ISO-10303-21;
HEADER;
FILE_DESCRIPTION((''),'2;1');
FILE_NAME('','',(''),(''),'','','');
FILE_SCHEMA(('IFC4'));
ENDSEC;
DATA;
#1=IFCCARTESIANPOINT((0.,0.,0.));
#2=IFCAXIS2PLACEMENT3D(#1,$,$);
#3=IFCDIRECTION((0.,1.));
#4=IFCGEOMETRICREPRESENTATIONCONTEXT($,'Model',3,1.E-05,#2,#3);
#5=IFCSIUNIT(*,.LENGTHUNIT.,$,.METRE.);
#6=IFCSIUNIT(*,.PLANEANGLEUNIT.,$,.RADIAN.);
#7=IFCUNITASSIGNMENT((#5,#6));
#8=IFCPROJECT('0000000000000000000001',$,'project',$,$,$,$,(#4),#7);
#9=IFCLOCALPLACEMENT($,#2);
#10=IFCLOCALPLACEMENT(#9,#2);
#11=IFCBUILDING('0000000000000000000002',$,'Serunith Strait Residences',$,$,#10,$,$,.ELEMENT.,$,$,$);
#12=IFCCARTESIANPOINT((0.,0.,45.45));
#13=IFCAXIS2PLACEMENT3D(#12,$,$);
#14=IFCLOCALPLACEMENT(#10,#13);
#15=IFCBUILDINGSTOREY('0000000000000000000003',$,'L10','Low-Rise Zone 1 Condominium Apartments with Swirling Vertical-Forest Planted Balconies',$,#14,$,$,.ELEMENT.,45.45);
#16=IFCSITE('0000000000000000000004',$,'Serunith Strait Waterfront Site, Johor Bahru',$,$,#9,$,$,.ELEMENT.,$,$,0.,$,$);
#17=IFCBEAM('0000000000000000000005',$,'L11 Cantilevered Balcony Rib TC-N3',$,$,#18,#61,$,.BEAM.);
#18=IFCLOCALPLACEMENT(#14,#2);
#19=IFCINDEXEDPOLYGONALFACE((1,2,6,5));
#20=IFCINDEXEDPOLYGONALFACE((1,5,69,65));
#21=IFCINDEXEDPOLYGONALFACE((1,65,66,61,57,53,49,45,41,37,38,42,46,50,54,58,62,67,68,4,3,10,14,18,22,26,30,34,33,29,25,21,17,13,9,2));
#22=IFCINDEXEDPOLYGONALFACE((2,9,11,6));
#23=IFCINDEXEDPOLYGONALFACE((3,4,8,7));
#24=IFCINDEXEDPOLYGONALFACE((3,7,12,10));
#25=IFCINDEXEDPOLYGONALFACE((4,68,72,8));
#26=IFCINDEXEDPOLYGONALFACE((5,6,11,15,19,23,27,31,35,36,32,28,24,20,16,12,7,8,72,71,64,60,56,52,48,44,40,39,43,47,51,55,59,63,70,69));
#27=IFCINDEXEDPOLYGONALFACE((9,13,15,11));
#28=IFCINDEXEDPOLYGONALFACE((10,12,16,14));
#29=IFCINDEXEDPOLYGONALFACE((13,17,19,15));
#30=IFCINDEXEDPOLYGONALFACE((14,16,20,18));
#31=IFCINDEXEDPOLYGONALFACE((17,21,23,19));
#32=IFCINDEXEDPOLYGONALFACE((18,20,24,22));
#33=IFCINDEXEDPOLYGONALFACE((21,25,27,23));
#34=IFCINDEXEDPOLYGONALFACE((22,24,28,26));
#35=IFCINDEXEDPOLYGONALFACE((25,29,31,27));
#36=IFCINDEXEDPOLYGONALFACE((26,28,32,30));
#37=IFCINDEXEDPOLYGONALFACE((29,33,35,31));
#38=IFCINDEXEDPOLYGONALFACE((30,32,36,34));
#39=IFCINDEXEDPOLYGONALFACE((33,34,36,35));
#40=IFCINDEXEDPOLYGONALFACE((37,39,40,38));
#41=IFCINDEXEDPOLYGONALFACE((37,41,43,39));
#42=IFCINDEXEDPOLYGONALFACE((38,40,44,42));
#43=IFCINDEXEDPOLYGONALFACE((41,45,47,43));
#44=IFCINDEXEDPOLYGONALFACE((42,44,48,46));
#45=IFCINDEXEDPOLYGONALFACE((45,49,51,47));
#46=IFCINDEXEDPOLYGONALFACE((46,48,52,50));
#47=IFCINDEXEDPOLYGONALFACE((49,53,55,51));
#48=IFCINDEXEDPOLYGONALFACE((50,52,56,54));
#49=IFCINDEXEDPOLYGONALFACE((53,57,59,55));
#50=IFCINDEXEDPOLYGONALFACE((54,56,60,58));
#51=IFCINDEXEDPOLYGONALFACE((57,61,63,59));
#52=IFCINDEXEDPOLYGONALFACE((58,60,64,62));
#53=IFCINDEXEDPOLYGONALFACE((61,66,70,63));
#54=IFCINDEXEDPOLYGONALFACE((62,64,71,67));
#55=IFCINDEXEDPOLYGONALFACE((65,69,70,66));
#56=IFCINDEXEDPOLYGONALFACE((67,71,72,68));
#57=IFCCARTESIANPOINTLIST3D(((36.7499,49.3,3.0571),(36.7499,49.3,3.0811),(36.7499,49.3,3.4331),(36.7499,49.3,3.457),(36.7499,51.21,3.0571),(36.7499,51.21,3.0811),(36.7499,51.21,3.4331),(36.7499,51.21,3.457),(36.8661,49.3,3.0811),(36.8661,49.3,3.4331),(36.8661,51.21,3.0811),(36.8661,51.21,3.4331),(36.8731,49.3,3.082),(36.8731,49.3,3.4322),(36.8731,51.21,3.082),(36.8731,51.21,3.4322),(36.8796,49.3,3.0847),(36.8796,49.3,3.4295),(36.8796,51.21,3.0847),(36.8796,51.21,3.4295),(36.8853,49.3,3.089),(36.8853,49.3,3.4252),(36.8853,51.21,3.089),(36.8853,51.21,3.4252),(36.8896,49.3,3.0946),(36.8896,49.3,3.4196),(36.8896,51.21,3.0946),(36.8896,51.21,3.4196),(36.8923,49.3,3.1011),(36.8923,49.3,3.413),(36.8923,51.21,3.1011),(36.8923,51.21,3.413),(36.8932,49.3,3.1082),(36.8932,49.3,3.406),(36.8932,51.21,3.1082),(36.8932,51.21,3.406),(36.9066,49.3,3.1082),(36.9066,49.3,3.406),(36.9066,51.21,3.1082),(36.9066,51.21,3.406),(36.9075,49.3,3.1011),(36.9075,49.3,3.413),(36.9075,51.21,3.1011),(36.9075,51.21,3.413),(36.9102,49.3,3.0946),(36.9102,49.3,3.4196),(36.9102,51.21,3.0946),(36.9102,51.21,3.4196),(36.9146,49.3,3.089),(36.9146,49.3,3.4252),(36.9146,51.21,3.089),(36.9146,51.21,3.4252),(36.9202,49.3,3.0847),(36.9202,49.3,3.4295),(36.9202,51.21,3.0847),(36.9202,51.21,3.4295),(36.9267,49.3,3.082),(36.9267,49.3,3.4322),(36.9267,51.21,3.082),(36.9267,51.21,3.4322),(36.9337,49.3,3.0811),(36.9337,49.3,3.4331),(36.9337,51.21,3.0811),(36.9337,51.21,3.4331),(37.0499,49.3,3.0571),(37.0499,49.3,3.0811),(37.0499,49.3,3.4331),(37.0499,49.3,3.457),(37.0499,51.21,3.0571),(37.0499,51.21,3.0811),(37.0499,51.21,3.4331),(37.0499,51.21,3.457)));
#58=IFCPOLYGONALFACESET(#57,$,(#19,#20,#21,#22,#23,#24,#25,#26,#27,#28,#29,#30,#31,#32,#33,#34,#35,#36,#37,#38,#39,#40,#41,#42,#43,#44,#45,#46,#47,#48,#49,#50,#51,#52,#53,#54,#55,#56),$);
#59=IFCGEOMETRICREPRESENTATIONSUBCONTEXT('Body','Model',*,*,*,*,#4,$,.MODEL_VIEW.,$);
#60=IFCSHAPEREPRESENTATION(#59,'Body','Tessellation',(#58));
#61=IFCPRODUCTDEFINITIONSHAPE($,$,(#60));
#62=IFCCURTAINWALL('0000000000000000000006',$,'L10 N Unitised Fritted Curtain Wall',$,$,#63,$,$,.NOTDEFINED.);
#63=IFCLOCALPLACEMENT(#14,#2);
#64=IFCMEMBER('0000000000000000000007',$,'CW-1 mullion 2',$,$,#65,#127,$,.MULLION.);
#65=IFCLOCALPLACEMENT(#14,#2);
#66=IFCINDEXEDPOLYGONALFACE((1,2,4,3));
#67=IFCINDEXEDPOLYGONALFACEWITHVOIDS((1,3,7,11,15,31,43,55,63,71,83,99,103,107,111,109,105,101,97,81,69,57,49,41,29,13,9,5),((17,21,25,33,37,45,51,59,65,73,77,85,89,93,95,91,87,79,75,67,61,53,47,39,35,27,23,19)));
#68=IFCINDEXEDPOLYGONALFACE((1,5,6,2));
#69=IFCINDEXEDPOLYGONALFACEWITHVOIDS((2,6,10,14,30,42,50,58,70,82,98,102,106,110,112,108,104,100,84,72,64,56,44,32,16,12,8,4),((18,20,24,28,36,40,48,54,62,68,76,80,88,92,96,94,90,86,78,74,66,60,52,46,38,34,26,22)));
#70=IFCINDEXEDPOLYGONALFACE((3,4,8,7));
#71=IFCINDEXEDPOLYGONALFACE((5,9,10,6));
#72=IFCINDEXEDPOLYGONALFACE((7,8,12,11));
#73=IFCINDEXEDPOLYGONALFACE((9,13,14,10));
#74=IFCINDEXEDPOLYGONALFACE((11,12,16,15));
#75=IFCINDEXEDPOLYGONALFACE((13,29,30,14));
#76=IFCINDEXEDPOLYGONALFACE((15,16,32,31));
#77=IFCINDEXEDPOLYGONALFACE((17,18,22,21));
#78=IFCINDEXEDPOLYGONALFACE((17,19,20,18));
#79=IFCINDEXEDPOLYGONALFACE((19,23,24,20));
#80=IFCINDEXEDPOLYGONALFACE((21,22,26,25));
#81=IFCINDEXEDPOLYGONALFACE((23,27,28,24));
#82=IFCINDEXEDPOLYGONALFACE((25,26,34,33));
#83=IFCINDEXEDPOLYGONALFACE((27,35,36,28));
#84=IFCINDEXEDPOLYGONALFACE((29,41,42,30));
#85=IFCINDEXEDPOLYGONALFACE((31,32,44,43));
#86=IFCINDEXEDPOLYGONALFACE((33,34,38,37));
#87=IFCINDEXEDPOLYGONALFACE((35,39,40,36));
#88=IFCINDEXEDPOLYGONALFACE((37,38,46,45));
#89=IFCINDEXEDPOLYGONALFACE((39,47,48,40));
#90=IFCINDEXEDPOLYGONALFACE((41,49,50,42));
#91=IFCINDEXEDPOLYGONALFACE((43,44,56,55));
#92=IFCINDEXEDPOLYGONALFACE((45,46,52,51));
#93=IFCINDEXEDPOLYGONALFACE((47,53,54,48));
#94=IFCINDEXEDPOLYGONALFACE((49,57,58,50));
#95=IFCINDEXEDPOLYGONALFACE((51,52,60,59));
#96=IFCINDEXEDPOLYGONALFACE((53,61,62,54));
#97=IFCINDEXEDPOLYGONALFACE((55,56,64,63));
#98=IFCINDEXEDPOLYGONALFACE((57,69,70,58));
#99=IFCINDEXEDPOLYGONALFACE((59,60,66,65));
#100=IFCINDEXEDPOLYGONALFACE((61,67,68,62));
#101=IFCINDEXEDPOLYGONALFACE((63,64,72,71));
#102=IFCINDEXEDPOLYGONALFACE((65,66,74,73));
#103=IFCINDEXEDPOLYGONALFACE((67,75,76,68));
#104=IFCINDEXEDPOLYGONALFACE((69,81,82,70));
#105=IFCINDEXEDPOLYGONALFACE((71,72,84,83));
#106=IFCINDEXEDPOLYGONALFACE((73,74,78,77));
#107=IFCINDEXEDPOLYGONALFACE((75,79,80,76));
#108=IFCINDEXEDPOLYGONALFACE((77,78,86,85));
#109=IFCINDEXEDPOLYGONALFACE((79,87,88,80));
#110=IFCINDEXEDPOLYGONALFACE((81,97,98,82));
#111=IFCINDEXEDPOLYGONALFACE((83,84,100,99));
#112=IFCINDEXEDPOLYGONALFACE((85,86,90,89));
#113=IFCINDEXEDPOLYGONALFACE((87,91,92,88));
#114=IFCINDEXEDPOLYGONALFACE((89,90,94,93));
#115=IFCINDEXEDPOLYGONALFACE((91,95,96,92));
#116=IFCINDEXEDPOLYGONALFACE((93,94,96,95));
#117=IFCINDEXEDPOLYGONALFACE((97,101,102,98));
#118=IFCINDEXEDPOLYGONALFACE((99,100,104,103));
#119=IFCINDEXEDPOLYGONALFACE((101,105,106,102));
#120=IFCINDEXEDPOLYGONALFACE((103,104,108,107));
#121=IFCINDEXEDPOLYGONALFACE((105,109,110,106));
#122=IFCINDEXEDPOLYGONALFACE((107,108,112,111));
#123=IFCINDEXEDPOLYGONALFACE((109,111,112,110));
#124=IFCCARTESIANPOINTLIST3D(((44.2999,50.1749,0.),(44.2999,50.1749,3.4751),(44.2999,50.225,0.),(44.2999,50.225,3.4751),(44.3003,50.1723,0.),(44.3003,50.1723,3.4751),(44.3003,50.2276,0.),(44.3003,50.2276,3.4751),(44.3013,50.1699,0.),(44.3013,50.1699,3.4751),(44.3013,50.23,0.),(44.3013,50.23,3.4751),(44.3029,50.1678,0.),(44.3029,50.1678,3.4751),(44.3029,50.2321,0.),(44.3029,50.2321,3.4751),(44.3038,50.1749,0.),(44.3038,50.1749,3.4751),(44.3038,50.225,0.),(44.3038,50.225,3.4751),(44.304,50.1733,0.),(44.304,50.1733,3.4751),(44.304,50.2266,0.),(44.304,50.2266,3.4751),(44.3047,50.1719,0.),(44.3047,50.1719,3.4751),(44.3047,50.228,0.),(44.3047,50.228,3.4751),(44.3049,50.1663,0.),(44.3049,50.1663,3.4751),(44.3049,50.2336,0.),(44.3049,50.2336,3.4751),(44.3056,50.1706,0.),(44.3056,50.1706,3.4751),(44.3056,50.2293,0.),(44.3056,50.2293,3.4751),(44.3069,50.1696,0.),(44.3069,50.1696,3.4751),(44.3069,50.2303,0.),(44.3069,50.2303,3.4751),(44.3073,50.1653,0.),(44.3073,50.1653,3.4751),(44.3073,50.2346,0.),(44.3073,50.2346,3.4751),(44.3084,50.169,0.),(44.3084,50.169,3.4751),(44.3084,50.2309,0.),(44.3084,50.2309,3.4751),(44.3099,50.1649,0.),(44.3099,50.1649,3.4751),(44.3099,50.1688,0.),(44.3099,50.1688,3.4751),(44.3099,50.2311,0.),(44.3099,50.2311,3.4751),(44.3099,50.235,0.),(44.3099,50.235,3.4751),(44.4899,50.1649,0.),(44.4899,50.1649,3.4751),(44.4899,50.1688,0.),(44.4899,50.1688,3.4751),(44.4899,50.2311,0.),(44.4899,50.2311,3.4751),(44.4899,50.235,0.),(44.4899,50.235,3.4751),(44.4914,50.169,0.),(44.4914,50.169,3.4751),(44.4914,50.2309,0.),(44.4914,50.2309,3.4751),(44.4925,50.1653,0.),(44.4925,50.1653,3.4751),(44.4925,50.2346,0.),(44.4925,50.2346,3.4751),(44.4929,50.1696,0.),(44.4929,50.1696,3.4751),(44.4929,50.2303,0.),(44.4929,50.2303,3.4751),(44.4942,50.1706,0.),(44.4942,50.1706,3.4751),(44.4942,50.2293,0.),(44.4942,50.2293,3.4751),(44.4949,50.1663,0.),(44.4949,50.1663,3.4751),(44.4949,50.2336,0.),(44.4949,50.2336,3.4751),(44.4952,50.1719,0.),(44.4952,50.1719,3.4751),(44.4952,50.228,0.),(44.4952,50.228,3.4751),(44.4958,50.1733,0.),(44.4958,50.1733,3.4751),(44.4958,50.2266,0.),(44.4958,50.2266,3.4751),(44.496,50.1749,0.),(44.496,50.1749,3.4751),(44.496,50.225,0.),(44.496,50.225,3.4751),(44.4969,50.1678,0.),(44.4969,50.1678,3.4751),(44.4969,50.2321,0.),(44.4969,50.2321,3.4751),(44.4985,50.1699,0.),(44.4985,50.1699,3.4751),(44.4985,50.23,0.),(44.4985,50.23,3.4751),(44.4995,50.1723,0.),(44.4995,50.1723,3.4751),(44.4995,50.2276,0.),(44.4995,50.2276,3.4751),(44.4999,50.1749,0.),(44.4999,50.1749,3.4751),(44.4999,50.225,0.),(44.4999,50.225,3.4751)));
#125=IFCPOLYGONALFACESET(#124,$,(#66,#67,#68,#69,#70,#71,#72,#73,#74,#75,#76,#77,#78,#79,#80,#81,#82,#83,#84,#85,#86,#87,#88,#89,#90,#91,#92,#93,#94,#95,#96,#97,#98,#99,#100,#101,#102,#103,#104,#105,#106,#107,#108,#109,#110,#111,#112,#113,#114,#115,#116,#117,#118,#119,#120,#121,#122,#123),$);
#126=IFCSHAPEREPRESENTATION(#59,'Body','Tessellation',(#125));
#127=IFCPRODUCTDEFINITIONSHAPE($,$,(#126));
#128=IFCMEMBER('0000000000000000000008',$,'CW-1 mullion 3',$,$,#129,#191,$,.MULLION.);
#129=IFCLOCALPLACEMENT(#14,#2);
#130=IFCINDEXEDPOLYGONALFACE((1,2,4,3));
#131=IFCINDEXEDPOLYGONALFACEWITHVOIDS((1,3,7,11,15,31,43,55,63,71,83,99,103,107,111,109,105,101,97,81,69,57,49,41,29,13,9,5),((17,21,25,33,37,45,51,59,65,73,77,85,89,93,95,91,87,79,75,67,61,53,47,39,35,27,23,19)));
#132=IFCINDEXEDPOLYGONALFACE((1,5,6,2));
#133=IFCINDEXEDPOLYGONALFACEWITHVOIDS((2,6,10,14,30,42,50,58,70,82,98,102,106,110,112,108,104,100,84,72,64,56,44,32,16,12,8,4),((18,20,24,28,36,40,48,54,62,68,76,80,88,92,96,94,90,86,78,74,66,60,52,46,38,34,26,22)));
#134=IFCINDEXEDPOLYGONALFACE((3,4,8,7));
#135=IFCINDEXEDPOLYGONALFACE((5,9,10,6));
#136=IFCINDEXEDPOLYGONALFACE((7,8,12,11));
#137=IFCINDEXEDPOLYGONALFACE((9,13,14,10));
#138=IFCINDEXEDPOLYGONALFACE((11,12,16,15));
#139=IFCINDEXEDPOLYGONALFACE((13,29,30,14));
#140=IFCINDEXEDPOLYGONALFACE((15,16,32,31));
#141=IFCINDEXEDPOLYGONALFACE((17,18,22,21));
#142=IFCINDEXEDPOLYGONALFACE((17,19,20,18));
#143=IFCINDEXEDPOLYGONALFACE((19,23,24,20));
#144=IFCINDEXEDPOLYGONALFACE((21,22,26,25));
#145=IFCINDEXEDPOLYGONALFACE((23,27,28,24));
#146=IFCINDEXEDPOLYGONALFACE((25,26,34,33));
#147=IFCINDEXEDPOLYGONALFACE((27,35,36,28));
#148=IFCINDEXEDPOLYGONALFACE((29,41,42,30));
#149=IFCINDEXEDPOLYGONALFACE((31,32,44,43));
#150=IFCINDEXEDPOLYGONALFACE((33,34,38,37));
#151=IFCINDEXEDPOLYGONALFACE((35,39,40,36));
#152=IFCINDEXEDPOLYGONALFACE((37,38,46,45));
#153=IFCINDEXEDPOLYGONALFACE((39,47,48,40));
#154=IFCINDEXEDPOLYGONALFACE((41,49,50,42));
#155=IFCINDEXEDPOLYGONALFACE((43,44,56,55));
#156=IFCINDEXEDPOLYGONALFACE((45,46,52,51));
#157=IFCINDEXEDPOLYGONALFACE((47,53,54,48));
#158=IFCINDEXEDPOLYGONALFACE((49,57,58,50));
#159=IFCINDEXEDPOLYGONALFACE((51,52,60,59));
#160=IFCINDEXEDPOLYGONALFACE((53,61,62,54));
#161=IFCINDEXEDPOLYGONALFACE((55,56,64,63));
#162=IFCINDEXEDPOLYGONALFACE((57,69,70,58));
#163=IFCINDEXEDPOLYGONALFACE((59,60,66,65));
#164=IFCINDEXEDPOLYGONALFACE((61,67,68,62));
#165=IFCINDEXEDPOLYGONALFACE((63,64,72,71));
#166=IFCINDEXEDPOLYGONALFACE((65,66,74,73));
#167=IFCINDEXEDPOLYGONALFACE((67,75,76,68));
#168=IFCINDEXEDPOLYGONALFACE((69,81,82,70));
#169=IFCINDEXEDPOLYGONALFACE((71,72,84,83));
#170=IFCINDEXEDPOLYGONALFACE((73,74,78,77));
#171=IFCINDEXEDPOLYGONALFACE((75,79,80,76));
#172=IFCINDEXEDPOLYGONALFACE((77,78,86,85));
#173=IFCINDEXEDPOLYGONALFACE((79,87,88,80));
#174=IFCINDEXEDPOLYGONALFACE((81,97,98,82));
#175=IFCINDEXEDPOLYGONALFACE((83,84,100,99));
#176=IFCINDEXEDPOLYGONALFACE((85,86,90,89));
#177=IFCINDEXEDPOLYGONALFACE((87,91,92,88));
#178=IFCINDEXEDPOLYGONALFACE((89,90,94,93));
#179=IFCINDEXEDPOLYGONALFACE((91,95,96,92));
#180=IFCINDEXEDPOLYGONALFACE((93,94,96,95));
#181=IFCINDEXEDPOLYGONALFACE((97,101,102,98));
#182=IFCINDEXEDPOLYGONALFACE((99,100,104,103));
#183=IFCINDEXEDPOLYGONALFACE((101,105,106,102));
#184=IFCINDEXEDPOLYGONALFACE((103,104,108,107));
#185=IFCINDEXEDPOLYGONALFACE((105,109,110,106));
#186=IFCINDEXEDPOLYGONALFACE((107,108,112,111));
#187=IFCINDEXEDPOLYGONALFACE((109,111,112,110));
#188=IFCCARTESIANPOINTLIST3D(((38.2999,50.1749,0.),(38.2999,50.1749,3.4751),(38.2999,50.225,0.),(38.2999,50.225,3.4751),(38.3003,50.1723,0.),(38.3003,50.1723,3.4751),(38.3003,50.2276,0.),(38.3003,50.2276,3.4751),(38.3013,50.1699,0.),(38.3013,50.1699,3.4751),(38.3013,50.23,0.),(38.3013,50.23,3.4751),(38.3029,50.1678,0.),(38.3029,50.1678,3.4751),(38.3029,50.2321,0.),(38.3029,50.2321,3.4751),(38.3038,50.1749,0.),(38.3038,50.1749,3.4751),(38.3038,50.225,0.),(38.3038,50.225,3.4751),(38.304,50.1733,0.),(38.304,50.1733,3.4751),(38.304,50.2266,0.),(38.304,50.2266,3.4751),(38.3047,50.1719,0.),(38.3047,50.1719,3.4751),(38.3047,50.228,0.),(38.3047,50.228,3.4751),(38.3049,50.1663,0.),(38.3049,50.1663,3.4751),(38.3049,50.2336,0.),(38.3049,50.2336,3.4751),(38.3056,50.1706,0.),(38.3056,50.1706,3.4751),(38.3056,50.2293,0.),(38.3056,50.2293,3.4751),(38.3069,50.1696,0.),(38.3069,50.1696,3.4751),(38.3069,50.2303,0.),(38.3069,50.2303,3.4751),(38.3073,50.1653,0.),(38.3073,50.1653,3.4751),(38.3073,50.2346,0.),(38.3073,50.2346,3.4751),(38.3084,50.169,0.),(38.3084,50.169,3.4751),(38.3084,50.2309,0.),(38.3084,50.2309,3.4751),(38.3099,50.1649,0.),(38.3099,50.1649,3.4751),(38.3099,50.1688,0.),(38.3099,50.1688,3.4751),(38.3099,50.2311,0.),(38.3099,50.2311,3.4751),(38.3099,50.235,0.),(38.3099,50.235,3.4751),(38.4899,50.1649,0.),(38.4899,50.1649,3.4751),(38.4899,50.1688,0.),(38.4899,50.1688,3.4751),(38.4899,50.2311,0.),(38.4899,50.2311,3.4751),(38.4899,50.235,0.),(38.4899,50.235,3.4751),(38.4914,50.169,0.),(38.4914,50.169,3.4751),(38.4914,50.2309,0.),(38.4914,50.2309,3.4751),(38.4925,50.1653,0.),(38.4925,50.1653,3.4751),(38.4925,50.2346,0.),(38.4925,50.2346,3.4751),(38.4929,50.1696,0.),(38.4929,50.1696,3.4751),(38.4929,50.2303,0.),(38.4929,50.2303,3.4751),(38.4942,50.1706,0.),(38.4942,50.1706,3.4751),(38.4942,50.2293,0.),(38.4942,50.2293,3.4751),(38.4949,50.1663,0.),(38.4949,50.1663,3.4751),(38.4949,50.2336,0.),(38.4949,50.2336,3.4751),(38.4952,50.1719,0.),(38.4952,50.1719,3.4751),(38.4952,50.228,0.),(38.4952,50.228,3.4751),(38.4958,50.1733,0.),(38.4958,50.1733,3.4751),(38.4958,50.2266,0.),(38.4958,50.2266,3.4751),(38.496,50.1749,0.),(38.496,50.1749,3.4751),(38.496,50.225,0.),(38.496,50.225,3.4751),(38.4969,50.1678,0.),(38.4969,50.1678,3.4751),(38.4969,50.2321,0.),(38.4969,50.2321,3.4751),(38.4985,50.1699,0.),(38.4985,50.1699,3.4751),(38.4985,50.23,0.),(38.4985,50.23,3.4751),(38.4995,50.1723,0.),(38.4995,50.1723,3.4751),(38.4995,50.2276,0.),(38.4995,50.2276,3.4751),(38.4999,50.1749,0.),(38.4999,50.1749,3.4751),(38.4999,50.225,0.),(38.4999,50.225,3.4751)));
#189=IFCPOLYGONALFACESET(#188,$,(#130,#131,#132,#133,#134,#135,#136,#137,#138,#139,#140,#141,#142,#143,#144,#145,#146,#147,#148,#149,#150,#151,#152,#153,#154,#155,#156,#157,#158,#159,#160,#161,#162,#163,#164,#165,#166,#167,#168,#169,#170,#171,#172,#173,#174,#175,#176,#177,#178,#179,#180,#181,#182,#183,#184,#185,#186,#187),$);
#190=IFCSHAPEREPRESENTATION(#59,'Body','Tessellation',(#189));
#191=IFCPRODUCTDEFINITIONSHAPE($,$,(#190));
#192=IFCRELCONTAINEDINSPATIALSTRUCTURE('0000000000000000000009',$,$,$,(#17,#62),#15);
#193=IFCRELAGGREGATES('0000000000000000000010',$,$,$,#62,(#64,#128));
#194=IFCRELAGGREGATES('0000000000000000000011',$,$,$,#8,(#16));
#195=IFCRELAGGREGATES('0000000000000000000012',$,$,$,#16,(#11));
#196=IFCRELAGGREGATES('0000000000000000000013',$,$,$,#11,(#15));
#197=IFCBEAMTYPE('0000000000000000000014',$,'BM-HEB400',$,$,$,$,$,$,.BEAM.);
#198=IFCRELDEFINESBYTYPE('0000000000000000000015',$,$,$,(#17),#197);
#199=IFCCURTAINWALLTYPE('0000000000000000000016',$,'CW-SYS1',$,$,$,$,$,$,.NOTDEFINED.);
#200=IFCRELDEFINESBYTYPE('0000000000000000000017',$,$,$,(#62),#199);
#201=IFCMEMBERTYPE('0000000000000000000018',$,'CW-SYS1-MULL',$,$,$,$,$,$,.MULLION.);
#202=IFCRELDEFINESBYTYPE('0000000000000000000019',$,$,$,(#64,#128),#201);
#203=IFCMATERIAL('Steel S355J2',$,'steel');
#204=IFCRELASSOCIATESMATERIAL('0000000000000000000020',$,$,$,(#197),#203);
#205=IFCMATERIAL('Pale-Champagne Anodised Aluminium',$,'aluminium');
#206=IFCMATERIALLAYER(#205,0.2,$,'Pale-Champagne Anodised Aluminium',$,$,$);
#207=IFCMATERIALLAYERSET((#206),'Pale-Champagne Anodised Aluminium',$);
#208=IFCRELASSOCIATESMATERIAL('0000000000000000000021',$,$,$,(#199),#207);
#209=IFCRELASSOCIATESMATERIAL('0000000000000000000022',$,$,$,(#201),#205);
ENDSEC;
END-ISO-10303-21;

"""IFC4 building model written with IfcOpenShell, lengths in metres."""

from ifc_helpers import new_model, si_unit, direction, frame, origin, origin_2d, place, context, subcontext, project, spatial, hollow_rectangle, i_section, extrude, source, transform, mapped, material, layer, layer_set, material_profile, profile_set, type_object, element, aggregate, save


model = new_model("IFC4")

# Units and contexts
model_context = context("Model", 3, precision=1e-05, world=origin(), true_north=direction((0.0, 1.0)))
body_context = subcontext(model_context, "Body", "Model", "MODEL_VIEW")
ifc_project = project(units=[si_unit("LENGTHUNIT", "METRE"), si_unit("PLANEANGLEUNIT", "RADIAN")], contexts=[model_context])

# Site, building, storey
site_placement = place(None, origin())
site = spatial("IfcSite", under=ifc_project, at=site_placement, Name="Serunith Strait Waterfront Site, Johor Bahru", CompositionType="ELEMENT", RefElevation=0.0)
building_placement = place(site_placement, origin())
building = spatial("IfcBuilding", under=site, at=building_placement, Name="Serunith Strait Residences", CompositionType="ELEMENT")
storey_placement = place(building_placement, frame((0.0, 0.0, 45.45)))
storey = spatial("IfcBuildingStorey", under=building, at=storey_placement, Name="L10", Description="Low-Rise Zone 1 Condominium Apartments with Swirling Vertical-Forest Planted Balconies", CompositionType="ELEMENT", Elevation=45.45)

# Beam
ifc_material_1 = material(Name="Steel S355J2", Category="steel")
ifc_material_profile_1 = material_profile(ifc_material_1, i_section(OverallWidth=0.3, OverallDepth=0.3999, WebThickness=0.0134, FlangeThickness=0.0239, FilletRadius=0.0271, at=origin_2d()), Name="HEB 400")
ifc_profile_set_1 = profile_set([ifc_material_profile_1], Name="Steel S355J2")
beam_type_1 = type_object("IfcBeamType", Name="BM-HEB400", PredefinedType="BEAM", material=ifc_profile_set_1)
shared_shape_1 = source(origin(), body_context, "Body", "SweptSolid", [
    extrude(i_section(OverallWidth=0.3, OverallDepth=0.3999, WebThickness=0.0134, FlangeThickness=0.0239, FilletRadius=0.0271, at=origin_2d()), origin(), (0.0, 0.0, 1.0), 1.9099),
])
beam_1_placement = place(storey_placement, frame((36.8999, 49.3, 3.2571), z_axis=(0.0, 1.0, 0.0), x_axis=(-1.0, 0.0, 0.0)))
element("IfcBeam", 1, at=beam_1_placement, inside=storey, type_object=beam_type_1, Name="L11 Cantilevered Balcony Rib TC-N3", PredefinedType="BEAM", context=body_context, shape_type="MappedRepresentation", body=[
    mapped(shared_shape_1, transform((0.0, 0.0, 0.0), scale=1.0)),
])

# Curtain wall, members
ifc_material_2 = material(Name="Pale-Champagne Anodised Aluminium", Category="aluminium")
ifc_layer_1 = layer(ifc_material_2, 0.2, Name="Pale-Champagne Anodised Aluminium")
ifc_layer_set_1 = layer_set([ifc_layer_1], Name="Pale-Champagne Anodised Aluminium")
curtain_wall_type = type_object("IfcCurtainWallType", Name="CW-SYS1", PredefinedType="NOTDEFINED", material=ifc_layer_set_1)
curtain_wall_placement = place(storey_placement, origin())
curtain_wall = element("IfcCurtainWall", 2, at=curtain_wall_placement, inside=storey, type_object=curtain_wall_type, Name="L10 N Unitised Fritted Curtain Wall", PredefinedType="NOTDEFINED")
ifc_material_profile_2 = material_profile(ifc_material_2, hollow_rectangle(XDim=0.0701, YDim=0.2, WallThickness=0.0039, InnerFilletRadius=0.0061, OuterFilletRadius=0.01, at=origin_2d()), Name="ALU 200x70x4")
ifc_profile_set_2 = profile_set([ifc_material_profile_2], Name="Pale-Champagne Anodised Aluminium")
member_type_1 = type_object("IfcMemberType", Name="CW-SYS1-MULL", PredefinedType="MULLION", material=ifc_profile_set_2)
shared_shape_2 = source(origin(), body_context, "Body", "SweptSolid", [
    extrude(hollow_rectangle(XDim=0.0701, YDim=0.2, WallThickness=0.0039, InnerFilletRadius=0.0061, OuterFilletRadius=0.01, at=origin_2d()), origin(), (0.0, 0.0, 1.0), 3.4751),
])
member_1_placement = place(storey_placement, frame((44.3999, 50.2, 0.0), z_axis=(0.0, 0.0, 1.0), x_axis=(0.0, -1.0, 0.0)))
member_1 = element("IfcMember", 3, at=member_1_placement, type_object=member_type_1, Name="CW-1 mullion 2", PredefinedType="MULLION", context=body_context, shape_type="MappedRepresentation", body=[
    mapped(shared_shape_2, transform((0.0, 0.0, 0.0), scale=1.0)),
])
member_2_placement = place(storey_placement, frame((38.3999, 50.2, 0.0), z_axis=(0.0, 0.0, 1.0), x_axis=(0.0, -1.0, 0.0)))
member_2 = element("IfcMember", 4, at=member_2_placement, type_object=member_type_1, Name="CW-1 mullion 3", PredefinedType="MULLION", context=body_context, shape_type="MappedRepresentation", body=[
    mapped(shared_shape_2, transform((0.0, 0.0, 0.0), scale=1.0)),
])
aggregate(curtain_wall, [member_1, member_2])

save(model, "model.ifc")
